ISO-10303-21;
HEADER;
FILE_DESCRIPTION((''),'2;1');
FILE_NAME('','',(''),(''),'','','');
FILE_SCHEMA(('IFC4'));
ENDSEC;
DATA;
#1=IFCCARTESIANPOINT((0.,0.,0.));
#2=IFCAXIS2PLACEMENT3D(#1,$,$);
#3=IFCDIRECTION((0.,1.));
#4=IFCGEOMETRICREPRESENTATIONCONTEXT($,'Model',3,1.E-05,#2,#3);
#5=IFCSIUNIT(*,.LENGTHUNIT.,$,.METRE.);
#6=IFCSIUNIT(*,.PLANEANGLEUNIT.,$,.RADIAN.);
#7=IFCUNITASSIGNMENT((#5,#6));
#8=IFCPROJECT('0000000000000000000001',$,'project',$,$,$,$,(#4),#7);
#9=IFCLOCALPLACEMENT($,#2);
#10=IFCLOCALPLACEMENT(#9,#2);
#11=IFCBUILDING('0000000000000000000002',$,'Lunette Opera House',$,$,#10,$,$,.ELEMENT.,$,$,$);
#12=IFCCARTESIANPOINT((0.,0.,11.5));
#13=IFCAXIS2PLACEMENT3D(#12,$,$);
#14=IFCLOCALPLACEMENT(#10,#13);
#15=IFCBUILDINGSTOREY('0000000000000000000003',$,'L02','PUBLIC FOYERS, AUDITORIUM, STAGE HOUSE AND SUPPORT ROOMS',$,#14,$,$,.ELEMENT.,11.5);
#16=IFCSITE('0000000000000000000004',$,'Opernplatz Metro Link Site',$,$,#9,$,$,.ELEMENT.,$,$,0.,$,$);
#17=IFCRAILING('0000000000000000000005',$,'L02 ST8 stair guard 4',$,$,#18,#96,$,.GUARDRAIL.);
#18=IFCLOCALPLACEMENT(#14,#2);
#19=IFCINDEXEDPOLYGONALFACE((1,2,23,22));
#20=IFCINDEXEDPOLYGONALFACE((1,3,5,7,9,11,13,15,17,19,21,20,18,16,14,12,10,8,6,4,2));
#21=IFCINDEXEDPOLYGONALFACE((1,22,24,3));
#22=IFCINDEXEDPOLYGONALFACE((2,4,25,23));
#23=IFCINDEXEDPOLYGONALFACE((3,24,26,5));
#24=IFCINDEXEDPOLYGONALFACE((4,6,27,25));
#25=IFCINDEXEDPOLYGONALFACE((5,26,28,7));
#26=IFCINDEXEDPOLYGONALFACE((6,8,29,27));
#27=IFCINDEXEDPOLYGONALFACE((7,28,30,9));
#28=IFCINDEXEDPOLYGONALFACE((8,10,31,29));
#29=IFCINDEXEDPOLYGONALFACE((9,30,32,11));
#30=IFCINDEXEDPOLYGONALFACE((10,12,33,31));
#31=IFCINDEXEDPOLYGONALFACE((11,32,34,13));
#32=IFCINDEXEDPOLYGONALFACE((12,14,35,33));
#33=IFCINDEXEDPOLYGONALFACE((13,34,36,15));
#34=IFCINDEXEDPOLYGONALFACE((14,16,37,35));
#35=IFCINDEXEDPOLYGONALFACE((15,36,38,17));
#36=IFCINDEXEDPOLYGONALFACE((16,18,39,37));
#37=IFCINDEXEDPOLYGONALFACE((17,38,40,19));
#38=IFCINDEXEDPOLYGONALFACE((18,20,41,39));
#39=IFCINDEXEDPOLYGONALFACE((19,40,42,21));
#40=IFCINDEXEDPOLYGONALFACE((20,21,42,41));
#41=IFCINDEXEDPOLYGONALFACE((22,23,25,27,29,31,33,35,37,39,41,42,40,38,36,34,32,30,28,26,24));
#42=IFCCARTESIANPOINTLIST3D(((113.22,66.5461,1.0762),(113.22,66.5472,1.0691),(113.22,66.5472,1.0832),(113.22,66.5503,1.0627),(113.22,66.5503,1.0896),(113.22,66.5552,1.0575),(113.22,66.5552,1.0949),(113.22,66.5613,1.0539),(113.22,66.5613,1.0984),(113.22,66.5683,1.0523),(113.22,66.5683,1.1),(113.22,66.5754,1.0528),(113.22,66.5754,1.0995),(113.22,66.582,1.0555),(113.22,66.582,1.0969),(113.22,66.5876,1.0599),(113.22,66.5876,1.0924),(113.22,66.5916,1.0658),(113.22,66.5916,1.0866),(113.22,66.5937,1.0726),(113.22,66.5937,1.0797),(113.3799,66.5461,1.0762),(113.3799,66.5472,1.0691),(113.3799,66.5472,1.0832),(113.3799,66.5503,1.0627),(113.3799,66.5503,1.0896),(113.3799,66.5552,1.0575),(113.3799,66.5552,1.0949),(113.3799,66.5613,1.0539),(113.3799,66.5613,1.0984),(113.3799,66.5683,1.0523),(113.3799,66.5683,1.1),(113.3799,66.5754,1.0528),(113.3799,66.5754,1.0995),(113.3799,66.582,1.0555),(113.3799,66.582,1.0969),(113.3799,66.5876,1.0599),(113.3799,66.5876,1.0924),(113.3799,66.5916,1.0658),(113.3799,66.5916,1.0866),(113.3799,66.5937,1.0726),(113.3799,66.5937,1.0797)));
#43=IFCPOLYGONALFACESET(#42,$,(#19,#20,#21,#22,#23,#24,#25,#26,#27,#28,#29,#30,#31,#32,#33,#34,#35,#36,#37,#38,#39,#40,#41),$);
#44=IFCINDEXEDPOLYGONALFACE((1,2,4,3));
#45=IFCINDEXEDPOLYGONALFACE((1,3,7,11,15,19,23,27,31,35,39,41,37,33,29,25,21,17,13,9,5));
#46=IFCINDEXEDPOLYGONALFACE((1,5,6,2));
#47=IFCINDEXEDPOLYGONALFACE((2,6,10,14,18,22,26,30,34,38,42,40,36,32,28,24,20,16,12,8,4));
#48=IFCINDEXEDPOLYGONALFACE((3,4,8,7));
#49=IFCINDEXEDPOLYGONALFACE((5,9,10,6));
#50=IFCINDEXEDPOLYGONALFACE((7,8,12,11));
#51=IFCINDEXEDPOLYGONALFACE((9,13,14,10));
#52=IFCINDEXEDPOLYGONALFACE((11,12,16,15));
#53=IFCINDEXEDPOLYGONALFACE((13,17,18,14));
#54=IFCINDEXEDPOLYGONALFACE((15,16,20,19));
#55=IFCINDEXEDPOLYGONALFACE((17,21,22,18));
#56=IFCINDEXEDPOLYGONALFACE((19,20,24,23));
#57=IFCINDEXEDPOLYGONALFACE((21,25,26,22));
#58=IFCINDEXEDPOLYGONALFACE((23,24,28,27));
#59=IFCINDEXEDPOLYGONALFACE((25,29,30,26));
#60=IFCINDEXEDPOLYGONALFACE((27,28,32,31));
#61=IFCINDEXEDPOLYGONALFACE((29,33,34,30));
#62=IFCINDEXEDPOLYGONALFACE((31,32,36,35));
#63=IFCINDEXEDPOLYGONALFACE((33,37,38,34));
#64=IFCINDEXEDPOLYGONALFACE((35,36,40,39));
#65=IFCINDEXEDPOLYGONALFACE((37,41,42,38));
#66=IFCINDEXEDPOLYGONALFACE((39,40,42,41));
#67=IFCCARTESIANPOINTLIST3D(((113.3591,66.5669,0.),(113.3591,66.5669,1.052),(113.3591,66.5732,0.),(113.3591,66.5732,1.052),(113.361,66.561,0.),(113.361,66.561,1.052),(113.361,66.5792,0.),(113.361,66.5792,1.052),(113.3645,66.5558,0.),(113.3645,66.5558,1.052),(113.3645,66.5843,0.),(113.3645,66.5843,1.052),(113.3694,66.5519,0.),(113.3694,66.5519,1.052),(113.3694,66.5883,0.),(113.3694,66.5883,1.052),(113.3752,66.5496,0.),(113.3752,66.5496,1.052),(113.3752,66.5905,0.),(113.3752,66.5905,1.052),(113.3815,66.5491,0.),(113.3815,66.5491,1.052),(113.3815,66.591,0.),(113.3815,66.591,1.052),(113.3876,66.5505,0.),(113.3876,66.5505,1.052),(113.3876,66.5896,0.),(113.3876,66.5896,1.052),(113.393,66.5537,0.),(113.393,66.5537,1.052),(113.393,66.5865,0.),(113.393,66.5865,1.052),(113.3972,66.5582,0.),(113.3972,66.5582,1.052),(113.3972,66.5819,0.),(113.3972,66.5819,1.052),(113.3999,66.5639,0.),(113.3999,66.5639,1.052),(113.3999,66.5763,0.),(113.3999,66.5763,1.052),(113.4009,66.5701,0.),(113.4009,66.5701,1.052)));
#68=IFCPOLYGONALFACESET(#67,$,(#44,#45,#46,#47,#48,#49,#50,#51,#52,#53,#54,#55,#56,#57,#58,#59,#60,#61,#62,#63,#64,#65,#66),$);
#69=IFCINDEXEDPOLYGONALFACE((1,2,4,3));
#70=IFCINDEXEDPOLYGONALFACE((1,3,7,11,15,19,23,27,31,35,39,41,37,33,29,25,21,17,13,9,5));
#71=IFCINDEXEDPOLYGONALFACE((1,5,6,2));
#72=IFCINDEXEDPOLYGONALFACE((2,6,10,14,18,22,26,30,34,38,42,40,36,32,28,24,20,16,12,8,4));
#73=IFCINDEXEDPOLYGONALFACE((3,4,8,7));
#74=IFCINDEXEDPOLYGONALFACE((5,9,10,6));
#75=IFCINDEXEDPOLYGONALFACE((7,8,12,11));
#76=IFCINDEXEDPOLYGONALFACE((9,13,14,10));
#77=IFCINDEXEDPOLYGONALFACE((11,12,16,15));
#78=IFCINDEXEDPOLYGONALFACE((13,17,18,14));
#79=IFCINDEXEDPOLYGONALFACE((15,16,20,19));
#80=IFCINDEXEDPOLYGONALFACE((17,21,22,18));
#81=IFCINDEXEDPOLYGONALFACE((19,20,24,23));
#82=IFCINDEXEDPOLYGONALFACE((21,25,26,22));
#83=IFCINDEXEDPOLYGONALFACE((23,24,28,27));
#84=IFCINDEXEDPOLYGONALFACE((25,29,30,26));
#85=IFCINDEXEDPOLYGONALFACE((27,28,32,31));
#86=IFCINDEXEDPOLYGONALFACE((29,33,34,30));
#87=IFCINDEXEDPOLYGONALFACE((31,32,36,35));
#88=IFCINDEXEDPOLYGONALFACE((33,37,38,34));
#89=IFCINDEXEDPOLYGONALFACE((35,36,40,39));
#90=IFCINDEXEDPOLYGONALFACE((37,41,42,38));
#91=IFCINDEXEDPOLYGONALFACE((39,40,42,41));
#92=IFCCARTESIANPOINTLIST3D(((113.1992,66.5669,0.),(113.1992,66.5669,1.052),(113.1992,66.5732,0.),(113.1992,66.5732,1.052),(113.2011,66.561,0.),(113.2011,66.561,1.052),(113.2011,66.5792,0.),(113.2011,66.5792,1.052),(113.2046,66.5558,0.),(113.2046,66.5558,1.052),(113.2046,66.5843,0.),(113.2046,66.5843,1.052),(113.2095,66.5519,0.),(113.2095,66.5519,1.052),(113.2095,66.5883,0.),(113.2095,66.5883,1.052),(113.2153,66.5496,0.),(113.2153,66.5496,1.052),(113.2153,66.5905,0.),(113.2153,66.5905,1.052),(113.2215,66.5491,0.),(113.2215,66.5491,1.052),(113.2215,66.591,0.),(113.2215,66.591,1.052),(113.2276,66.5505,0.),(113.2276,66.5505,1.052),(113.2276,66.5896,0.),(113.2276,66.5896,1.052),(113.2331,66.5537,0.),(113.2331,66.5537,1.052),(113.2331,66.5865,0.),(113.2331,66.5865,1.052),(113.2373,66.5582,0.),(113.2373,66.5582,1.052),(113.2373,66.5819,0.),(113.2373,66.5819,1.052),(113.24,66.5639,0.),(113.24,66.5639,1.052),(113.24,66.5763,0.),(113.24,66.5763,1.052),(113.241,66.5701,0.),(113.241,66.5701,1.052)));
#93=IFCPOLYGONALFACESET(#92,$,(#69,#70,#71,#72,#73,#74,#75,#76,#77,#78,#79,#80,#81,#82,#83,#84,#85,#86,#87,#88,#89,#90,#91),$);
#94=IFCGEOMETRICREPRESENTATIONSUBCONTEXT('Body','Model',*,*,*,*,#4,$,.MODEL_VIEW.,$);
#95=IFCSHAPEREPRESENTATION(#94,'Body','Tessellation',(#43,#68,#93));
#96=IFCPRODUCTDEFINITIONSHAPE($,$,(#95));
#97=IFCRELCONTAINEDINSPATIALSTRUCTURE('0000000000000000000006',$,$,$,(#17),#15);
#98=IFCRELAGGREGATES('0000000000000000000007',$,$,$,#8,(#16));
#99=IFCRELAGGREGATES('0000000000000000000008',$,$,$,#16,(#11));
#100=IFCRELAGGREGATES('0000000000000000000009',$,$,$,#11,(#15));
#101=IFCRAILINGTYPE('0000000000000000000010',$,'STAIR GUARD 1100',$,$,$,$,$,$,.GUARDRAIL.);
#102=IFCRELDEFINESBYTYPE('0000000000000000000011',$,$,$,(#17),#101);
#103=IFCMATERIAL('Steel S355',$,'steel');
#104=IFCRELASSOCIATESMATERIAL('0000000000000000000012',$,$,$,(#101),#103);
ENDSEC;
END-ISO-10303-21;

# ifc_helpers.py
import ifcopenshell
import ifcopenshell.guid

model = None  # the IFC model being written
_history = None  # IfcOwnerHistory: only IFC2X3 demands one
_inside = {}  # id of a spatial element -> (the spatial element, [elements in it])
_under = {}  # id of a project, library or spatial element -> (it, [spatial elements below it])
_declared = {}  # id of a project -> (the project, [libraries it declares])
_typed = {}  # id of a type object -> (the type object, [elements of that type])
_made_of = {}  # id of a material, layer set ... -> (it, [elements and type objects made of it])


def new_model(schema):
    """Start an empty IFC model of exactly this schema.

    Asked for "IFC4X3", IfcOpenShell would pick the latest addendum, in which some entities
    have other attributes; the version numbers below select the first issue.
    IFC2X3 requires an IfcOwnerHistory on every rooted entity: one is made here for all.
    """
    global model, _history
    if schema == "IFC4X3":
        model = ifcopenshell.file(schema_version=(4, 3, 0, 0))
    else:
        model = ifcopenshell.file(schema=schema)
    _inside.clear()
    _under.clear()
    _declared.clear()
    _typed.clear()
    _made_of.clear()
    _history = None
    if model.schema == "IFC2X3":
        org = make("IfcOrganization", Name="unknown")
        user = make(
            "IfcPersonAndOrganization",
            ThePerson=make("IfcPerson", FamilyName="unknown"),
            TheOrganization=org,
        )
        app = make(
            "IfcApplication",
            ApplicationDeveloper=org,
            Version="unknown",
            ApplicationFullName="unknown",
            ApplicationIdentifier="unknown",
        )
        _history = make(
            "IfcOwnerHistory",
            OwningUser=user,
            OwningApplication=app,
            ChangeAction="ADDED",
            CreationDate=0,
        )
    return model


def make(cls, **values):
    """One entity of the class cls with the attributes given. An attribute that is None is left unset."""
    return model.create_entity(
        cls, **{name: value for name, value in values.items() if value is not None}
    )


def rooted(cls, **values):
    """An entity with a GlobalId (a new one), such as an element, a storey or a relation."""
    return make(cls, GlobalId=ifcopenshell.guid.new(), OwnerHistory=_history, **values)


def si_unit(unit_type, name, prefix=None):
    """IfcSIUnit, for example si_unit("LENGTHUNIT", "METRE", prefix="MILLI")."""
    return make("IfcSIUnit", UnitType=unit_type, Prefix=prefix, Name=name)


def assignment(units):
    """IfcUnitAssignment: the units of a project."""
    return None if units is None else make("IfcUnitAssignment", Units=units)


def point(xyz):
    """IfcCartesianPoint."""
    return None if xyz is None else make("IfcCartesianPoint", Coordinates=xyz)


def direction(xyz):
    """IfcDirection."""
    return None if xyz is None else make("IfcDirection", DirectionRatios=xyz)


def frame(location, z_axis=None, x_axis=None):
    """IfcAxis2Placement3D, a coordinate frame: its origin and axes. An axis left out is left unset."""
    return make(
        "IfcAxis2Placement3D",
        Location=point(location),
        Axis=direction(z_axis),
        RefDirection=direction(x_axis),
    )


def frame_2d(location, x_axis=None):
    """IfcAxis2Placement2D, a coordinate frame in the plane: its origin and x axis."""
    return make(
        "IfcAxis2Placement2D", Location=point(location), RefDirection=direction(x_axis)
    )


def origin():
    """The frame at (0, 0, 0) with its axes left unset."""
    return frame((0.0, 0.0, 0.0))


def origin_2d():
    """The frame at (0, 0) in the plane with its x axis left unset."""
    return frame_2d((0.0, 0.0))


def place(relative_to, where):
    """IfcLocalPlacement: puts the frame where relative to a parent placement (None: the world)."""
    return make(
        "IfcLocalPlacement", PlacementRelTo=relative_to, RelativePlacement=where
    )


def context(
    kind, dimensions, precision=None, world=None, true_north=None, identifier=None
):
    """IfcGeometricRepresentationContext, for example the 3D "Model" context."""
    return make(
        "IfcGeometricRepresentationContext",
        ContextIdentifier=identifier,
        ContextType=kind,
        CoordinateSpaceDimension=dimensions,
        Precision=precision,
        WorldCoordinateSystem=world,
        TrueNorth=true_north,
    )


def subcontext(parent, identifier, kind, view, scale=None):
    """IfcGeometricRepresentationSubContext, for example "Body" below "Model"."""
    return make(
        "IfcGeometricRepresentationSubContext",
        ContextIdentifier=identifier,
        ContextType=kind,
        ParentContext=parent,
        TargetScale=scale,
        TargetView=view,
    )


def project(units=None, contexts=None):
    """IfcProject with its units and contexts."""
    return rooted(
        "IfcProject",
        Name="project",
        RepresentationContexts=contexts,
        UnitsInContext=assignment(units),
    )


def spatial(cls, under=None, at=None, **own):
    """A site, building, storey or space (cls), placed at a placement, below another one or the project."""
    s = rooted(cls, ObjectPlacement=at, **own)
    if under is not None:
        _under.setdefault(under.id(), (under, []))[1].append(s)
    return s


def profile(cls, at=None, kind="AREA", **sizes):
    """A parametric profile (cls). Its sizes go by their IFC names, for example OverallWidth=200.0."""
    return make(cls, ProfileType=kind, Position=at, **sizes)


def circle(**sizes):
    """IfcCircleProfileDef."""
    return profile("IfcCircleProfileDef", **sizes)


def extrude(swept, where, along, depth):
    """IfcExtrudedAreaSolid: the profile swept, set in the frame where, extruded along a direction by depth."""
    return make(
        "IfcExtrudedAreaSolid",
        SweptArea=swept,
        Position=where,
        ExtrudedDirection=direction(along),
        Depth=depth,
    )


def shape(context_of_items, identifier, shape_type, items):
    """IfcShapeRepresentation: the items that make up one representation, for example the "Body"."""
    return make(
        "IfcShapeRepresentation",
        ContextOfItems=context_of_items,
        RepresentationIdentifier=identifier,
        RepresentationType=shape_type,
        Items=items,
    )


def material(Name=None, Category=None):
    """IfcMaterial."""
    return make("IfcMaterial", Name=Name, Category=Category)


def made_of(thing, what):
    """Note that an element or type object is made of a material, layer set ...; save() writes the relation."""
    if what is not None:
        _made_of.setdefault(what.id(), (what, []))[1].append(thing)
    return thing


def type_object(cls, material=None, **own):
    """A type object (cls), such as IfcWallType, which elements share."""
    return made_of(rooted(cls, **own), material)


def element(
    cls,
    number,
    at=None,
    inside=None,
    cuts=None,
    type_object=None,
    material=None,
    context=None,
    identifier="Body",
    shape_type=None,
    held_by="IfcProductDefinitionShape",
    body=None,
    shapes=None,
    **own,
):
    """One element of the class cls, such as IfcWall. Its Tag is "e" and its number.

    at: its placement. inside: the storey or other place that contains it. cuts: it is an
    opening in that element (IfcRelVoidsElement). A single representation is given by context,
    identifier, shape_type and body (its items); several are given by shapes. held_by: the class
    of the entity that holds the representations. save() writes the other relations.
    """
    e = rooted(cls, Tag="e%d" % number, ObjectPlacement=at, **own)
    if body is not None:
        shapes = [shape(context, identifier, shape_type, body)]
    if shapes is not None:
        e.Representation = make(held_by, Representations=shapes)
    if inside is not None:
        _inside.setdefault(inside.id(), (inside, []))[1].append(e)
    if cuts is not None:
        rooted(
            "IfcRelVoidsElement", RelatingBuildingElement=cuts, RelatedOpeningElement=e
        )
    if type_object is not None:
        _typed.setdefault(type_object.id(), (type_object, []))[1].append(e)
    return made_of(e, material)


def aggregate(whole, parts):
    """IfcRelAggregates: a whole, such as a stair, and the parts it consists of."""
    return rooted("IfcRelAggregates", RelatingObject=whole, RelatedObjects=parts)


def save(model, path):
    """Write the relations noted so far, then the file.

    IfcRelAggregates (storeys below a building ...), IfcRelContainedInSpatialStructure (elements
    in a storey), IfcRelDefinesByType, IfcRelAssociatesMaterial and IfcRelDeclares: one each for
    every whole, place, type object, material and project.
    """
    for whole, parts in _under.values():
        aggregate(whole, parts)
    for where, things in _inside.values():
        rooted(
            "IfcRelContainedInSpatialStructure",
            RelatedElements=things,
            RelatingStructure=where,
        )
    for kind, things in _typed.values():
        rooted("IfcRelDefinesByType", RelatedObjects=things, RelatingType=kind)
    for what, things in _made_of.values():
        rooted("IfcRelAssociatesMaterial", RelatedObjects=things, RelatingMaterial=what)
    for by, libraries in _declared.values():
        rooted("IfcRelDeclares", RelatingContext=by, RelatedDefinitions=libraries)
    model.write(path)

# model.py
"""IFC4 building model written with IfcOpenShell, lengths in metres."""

from ifc_helpers import new_model, si_unit, direction, frame, origin, origin_2d, place, context, subcontext, project, spatial, circle, extrude, material, type_object, element, save


model = new_model("IFC4")

# Units and contexts
model_context = context("Model", 3, precision=1e-05, world=origin(), true_north=direction((0.0, 1.0)))
body_context = subcontext(model_context, "Body", "Model", "MODEL_VIEW")
ifc_project = project(units=[si_unit("LENGTHUNIT", "METRE"), si_unit("PLANEANGLEUNIT", "RADIAN")], contexts=[model_context])

# Site, building, storey
site_placement = place(None, origin())
site = spatial("IfcSite", under=ifc_project, at=site_placement, Name="Opernplatz Metro Link Site", CompositionType="ELEMENT", RefElevation=0.0)
building_placement = place(site_placement, origin())
building = spatial("IfcBuilding", under=site, at=building_placement, Name="Lunette Opera House", CompositionType="ELEMENT")
storey_placement = place(building_placement, frame((0.0, 0.0, 11.5)))
storey = spatial("IfcBuildingStorey", under=building, at=storey_placement, Name="L02", Description="PUBLIC FOYERS, AUDITORIUM, STAGE HOUSE AND SUPPORT ROOMS", CompositionType="ELEMENT", Elevation=11.5)

# Railing
ifc_material_1 = material(Name="Steel S355", Category="steel")
railing_type_1 = type_object("IfcRailingType", Name="STAIR GUARD 1100", PredefinedType="GUARDRAIL", material=ifc_material_1)
railing_1_placement = place(storey_placement, frame((113.3799, 66.5701, 0.0)))
element("IfcRailing", 1, at=railing_1_placement, inside=storey, type_object=railing_type_1, Name="L02 ST8 stair guard 4", PredefinedType="GUARDRAIL", context=body_context, shape_type="SweptSolid", body=[
    extrude(circle(Radius=0.0239, at=origin_2d()), frame((0.0, 0.0, 1.0762), z_axis=(-1.0, 0.0, 0.0), x_axis=(0.0, -1.0, 0.0)), (0.0, 0.0, 1.0), 0.1599),
    extrude(circle(Radius=0.021, at=origin_2d()), origin(), (0.0, 0.0, 1.0), 1.052),
    extrude(circle(Radius=0.021, at=origin_2d()), frame((-0.1599, 0.0, 0.0)), (0.0, 0.0, 1.0), 1.052),
])

save(model, "model.ifc")
